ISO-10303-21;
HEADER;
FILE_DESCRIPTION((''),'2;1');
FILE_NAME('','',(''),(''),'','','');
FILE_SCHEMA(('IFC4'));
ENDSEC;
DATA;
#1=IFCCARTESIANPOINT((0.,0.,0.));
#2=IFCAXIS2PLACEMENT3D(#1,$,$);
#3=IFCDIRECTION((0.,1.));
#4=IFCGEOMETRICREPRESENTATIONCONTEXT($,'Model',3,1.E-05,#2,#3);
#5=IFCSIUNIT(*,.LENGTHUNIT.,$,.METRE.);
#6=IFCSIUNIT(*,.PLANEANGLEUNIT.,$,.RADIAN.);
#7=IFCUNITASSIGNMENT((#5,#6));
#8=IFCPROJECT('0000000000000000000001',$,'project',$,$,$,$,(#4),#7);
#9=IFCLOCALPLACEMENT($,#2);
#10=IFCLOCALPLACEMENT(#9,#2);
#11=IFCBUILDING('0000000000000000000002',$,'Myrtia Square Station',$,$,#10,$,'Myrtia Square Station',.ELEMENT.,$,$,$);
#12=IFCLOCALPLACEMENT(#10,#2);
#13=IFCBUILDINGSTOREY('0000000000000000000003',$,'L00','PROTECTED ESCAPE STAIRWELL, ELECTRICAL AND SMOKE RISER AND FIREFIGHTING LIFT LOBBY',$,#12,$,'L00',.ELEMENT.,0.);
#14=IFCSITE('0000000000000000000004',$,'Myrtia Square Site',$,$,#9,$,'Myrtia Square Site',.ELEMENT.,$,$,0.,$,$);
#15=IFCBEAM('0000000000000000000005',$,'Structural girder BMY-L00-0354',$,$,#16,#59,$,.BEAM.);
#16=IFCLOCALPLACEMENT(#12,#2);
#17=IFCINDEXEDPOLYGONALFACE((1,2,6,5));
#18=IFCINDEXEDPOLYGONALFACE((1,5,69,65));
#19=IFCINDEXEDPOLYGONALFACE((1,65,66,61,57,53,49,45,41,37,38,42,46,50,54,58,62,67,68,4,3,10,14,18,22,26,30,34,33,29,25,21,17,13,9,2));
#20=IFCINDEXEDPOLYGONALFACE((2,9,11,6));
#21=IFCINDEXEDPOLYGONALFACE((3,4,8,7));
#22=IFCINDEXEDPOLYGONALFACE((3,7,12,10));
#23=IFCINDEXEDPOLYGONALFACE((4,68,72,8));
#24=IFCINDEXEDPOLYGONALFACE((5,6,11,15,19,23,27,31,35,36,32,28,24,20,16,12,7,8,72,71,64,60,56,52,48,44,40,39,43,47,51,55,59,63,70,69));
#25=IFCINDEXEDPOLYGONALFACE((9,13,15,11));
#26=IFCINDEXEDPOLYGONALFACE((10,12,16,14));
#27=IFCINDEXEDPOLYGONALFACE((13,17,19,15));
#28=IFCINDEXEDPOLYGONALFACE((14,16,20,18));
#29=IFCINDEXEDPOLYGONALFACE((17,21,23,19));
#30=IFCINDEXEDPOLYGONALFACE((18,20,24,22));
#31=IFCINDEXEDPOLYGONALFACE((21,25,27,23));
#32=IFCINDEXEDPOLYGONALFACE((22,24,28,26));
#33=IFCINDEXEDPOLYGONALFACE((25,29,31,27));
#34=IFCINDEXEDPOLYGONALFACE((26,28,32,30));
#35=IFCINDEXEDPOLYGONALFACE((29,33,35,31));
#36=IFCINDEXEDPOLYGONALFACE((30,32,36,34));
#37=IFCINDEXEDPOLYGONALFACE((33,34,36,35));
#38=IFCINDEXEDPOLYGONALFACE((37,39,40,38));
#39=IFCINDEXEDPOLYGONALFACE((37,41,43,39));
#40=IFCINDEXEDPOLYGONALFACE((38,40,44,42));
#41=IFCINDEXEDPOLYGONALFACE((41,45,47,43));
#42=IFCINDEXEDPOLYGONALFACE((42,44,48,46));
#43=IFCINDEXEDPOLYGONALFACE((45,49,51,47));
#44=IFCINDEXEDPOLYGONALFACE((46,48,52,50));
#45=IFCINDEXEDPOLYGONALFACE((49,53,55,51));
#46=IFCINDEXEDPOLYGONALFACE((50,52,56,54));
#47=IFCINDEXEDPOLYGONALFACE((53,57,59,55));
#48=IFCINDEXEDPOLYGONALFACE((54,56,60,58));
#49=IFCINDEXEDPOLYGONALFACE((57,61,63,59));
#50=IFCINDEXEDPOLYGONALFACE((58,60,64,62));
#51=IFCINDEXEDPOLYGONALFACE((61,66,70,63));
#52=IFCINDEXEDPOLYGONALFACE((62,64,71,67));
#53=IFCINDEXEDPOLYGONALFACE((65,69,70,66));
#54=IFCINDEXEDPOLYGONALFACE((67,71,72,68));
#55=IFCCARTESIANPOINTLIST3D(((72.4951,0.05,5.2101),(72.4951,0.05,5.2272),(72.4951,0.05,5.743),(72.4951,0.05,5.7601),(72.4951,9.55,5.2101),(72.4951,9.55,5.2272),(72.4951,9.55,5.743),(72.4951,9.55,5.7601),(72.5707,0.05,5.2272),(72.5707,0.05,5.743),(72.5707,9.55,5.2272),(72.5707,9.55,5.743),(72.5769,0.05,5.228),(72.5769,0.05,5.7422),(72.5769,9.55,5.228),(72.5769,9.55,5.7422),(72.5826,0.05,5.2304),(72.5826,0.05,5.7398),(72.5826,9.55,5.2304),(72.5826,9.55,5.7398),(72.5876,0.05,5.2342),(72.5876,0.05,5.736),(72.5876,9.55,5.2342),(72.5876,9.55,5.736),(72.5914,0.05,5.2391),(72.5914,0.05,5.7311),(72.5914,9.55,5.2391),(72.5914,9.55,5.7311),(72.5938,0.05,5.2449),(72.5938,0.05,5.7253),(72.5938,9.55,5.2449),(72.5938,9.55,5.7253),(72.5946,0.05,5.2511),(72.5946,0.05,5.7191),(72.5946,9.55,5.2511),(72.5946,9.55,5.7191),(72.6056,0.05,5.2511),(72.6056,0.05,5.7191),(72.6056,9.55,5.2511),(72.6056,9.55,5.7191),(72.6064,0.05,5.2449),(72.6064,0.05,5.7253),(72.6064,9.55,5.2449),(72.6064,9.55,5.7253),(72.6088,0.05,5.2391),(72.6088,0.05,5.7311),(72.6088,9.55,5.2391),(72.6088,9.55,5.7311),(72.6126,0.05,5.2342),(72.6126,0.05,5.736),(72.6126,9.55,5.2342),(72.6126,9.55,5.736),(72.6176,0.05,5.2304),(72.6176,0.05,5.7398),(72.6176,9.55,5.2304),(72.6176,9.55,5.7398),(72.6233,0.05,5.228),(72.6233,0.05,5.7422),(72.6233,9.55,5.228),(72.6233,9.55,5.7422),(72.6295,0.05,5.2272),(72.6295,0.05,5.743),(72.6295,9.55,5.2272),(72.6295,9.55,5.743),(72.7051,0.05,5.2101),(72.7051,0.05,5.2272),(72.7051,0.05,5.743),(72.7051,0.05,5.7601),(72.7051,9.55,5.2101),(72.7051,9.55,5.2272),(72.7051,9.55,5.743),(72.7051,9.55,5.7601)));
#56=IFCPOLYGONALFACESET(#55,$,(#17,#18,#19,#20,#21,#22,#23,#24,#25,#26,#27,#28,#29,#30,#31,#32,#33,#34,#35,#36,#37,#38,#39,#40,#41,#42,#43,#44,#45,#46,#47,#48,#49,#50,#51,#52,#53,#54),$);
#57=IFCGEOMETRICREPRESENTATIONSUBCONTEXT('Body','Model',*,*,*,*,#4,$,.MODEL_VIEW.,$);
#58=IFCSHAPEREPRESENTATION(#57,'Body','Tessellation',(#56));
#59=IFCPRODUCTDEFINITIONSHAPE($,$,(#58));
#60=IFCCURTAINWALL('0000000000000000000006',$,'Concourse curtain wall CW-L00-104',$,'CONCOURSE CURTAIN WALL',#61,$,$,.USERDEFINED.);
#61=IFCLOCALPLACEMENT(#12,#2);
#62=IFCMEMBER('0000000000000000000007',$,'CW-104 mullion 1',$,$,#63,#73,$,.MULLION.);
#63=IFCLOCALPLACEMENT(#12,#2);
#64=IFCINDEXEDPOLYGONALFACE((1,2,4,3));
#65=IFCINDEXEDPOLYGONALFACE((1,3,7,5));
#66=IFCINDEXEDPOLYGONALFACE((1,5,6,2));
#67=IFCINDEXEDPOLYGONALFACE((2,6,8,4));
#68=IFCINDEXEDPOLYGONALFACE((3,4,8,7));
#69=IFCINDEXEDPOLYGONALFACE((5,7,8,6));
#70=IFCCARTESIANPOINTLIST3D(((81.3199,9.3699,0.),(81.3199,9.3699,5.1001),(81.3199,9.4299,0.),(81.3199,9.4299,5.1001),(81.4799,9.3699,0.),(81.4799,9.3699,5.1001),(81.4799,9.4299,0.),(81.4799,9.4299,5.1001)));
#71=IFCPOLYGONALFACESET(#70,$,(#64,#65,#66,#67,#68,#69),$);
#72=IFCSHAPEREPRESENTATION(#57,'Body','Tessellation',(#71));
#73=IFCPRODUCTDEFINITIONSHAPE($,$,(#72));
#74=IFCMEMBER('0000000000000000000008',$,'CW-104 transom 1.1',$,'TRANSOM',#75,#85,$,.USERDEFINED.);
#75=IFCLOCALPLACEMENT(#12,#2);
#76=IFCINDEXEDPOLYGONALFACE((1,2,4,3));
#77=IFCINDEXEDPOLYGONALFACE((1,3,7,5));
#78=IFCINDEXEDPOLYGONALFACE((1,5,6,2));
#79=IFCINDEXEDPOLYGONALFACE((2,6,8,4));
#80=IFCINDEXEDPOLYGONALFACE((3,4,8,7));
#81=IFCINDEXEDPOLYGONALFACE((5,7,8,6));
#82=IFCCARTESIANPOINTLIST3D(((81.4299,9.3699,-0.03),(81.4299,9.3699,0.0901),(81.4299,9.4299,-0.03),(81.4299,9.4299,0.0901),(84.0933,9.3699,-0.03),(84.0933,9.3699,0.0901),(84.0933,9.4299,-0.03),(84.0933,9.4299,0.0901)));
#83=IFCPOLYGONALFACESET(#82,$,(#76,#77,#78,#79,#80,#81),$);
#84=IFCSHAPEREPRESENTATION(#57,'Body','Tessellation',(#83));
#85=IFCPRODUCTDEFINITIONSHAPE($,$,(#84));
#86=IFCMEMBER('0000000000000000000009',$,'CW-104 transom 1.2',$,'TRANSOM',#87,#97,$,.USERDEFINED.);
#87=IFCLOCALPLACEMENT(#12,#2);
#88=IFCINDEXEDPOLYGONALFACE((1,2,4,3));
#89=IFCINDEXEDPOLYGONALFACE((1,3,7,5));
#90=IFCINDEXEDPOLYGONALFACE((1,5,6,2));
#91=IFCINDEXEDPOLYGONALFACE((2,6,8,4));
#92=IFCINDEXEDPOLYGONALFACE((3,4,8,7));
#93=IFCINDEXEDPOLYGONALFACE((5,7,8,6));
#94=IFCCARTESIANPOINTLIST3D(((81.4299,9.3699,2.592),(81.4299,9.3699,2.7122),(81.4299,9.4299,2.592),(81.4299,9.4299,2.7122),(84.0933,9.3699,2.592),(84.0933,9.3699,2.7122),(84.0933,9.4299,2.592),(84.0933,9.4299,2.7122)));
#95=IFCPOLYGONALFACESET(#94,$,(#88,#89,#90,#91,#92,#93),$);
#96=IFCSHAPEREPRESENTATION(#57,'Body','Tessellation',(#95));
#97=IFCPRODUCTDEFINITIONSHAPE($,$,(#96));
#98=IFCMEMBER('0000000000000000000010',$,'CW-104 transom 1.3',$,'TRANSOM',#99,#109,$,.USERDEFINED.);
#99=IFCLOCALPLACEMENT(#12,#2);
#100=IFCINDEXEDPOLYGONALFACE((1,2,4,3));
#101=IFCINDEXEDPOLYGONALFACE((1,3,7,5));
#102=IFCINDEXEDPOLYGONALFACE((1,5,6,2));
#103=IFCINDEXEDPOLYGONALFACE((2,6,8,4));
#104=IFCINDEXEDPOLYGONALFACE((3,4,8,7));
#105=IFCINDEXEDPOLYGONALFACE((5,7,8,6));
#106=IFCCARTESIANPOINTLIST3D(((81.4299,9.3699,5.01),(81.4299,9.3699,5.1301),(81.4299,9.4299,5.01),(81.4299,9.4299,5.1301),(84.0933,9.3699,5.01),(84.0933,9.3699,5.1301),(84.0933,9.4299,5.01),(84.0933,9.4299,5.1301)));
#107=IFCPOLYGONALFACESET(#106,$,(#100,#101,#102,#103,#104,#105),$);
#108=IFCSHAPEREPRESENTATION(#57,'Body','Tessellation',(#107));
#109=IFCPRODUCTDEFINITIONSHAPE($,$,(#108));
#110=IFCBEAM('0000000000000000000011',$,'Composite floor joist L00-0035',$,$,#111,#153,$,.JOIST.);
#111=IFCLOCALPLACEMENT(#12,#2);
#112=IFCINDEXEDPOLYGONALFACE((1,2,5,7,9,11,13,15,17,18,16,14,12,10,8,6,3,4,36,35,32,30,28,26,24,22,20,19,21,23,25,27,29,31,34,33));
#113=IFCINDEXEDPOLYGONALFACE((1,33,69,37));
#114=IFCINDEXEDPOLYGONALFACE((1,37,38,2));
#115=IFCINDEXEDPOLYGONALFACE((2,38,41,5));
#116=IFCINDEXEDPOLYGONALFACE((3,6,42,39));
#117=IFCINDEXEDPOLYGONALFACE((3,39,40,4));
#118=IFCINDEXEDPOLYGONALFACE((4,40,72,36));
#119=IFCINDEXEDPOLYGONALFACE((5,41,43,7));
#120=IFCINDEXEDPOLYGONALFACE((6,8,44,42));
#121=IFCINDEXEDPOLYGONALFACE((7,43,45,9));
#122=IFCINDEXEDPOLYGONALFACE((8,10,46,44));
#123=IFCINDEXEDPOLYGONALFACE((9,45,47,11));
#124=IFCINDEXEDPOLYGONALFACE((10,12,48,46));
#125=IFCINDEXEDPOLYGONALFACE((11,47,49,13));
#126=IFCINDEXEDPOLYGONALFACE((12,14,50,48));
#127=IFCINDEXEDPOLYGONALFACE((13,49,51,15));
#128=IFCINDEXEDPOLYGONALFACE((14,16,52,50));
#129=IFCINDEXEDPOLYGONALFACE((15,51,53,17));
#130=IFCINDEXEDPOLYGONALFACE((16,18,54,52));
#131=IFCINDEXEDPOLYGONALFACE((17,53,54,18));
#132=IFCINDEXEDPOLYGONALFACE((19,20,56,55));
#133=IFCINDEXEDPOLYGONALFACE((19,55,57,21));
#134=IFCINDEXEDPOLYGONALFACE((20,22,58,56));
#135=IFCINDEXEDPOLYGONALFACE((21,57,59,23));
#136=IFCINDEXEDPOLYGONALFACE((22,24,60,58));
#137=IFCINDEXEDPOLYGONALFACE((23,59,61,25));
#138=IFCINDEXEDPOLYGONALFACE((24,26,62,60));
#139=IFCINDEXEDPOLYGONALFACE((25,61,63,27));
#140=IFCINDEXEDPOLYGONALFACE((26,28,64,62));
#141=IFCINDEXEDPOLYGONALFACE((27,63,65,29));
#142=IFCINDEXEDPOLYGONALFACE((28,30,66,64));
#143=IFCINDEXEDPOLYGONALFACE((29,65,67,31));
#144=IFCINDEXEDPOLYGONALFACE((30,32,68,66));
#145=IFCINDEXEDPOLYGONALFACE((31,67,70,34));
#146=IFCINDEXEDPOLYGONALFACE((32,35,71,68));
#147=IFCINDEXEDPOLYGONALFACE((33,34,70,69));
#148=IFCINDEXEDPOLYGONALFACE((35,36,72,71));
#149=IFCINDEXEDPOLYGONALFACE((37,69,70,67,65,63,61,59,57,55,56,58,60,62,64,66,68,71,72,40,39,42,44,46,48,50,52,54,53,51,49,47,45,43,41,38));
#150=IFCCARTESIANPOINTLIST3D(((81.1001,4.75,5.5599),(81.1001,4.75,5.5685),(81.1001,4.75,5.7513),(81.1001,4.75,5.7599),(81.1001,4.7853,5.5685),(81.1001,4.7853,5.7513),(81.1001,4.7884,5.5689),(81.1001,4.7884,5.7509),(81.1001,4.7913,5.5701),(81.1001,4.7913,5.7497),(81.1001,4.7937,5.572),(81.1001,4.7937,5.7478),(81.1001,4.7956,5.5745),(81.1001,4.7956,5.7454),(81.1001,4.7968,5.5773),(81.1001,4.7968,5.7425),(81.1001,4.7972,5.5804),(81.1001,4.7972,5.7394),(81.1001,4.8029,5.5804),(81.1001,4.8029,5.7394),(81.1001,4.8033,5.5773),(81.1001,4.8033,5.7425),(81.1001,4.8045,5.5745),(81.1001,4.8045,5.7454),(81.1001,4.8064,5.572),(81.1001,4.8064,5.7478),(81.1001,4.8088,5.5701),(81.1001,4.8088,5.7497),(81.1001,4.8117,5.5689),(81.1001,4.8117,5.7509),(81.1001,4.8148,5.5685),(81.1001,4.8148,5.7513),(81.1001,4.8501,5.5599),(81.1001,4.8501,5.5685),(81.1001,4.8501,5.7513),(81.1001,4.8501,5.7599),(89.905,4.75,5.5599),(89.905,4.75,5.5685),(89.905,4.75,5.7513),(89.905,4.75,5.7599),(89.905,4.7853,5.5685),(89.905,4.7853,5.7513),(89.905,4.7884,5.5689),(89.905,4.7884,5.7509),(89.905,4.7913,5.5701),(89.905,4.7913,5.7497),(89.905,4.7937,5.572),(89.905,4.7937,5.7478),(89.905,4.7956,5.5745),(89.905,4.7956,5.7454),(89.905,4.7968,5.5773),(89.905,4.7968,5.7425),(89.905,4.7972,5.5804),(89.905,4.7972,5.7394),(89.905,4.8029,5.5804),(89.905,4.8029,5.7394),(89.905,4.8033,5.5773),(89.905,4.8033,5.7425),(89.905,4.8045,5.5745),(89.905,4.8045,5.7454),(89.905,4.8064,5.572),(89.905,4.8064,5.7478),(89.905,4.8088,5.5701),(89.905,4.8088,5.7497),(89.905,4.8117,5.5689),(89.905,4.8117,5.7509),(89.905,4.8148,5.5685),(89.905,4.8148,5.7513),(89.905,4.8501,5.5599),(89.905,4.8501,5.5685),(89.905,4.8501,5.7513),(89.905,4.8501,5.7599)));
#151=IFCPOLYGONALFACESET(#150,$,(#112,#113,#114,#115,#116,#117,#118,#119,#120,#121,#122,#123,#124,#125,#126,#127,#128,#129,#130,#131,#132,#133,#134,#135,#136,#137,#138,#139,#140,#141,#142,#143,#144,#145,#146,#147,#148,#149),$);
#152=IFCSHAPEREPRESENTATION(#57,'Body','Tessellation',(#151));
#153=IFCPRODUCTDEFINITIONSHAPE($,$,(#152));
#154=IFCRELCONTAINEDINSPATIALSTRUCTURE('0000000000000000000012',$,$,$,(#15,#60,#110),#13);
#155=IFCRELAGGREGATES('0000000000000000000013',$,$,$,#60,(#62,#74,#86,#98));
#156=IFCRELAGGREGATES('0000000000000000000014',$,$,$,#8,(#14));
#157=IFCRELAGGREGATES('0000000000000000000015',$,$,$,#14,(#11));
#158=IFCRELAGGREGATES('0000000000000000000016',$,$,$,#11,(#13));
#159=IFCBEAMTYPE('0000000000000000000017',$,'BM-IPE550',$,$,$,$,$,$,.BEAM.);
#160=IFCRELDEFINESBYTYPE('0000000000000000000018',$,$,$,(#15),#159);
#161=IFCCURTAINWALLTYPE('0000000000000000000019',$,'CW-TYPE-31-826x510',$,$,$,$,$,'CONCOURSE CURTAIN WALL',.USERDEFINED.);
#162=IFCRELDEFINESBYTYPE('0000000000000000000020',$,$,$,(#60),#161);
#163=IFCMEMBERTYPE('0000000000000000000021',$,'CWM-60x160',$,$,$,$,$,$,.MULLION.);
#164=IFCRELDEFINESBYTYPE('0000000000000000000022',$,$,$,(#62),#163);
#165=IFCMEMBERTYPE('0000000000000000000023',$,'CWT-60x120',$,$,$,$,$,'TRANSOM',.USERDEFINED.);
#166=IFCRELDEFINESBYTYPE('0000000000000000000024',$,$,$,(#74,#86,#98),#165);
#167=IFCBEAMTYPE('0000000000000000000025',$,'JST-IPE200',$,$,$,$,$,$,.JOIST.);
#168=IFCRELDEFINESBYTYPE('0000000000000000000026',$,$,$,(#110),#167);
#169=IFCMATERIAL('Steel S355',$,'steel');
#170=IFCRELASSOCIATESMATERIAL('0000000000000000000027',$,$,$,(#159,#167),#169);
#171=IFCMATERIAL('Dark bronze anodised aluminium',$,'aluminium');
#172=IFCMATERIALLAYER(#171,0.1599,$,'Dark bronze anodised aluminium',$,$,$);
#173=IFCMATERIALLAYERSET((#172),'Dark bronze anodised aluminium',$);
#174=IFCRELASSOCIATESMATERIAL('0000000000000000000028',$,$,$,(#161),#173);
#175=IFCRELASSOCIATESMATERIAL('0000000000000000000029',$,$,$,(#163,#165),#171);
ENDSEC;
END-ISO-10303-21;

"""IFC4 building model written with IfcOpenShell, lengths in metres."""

from ifc_helpers import new_model, si_unit, direction, frame, origin, origin_2d, place, context, subcontext, project, spatial, rectangle, i_section, extrude, material, layer, layer_set, material_profile, profile_set, type_object, element, aggregate, save


model = new_model("IFC4")

# Units and contexts
model_context = context("Model", 3, precision=1e-05, world=origin(), true_north=direction((0.0, 1.0)))
body_context = subcontext(model_context, "Body", "Model", "MODEL_VIEW")
ifc_project = project(units=[si_unit("LENGTHUNIT", "METRE"), si_unit("PLANEANGLEUNIT", "RADIAN")], contexts=[model_context])

# Site, building, storey
site_placement = place(None, origin())
site = spatial("IfcSite", under=ifc_project, at=site_placement, Name="Myrtia Square Site", LongName="Myrtia Square Site", CompositionType="ELEMENT", RefElevation=0.0)
building_placement = place(site_placement, origin())
building = spatial("IfcBuilding", under=site, at=building_placement, Name="Myrtia Square Station", LongName="Myrtia Square Station", CompositionType="ELEMENT")
storey_placement = place(building_placement, origin())
storey = spatial("IfcBuildingStorey", under=building, at=storey_placement, Name="L00", Description="PROTECTED ESCAPE STAIRWELL, ELECTRICAL AND SMOKE RISER AND FIREFIGHTING LIFT LOBBY", LongName="L00", CompositionType="ELEMENT", Elevation=0.0)

# Shared definitions
ifc_material_1 = material(Name="Steel S355", Category="steel")

# Beam
ifc_material_profile_1 = material_profile(ifc_material_1, i_section(OverallWidth=0.21, OverallDepth=0.55, WebThickness=0.011, FlangeThickness=0.0171, FilletRadius=0.0239, at=origin_2d()), Name="IPE 550")
ifc_profile_set_1 = profile_set([ifc_material_profile_1], Name="Steel S355")
beam_type_1 = type_object("IfcBeamType", Name="BM-IPE550", PredefinedType="BEAM", material=ifc_profile_set_1)
beam_1_placement = place(storey_placement, frame((72.6001, 0.05, 5.4851), z_axis=(0.0, 1.0, 0.0), x_axis=(-1.0, 0.0, 0.0)))
element("IfcBeam", 1, at=beam_1_placement, inside=storey, type_object=beam_type_1, Name="Structural girder BMY-L00-0354", PredefinedType="BEAM", context=body_context, shape_type="SweptSolid", body=[
    extrude(i_section(OverallWidth=0.21, OverallDepth=0.55, WebThickness=0.011, FlangeThickness=0.0171, FilletRadius=0.0239, at=origin_2d()), origin(), (0.0, 0.0, 1.0), 9.5),
])

# Curtain wall, members
ifc_material_2 = material(Name="Dark bronze anodised aluminium", Category="aluminium")
ifc_layer_1 = layer(ifc_material_2, 0.1599, Name="Dark bronze anodised aluminium")
ifc_layer_set_1 = layer_set([ifc_layer_1], Name="Dark bronze anodised aluminium")
curtain_wall_type = type_object("IfcCurtainWallType", Name="CW-TYPE-31-826x510", ElementType="CONCOURSE CURTAIN WALL", PredefinedType="USERDEFINED", material=ifc_layer_set_1)
curtain_wall_placement = place(storey_placement, origin())
curtain_wall = element("IfcCurtainWall", 2, at=curtain_wall_placement, inside=storey, type_object=curtain_wall_type, Name="Concourse curtain wall CW-L00-104", ObjectType="CONCOURSE CURTAIN WALL", PredefinedType="USERDEFINED")
ifc_material_profile_2 = material_profile(ifc_material_2, rectangle(XDim=0.0601, YDim=0.1599, at=origin_2d()), Name="ALU-M 60x160")
ifc_profile_set_2 = profile_set([ifc_material_profile_2], Name="Dark bronze anodised aluminium")
member_type_1 = type_object("IfcMemberType", Name="CWM-60x160", PredefinedType="MULLION", material=ifc_profile_set_2)
member_1_placement = place(storey_placement, frame((81.3999, 9.3999, 0.0), z_axis=(0.0, 0.0, 1.0), x_axis=(0.0, 1.0, 0.0)))
member_1 = element("IfcMember", 3, at=member_1_placement, type_object=member_type_1, Name="CW-104 mullion 1", PredefinedType="MULLION", context=body_context, shape_type="SweptSolid", body=[
    extrude(rectangle(XDim=0.0601, YDim=0.1599, at=origin_2d()), origin(), (0.0, 0.0, 1.0), 5.1001),
])
ifc_material_profile_3 = material_profile(ifc_material_2, rectangle(XDim=0.0601, YDim=0.1201, at=origin_2d()), Name="ALU-T 60x120")
ifc_profile_set_3 = profile_set([ifc_material_profile_3], Name="Dark bronze anodised aluminium")
member_type_2 = type_object("IfcMemberType", Name="CWT-60x120", ElementType="TRANSOM", PredefinedType="USERDEFINED", material=ifc_profile_set_3)
member_2_placement = place(storey_placement, frame((81.4299, 9.3999, 0.03), z_axis=(1.0, 0.0, 0.0), x_axis=(0.0, 1.0, 0.0)))
member_2 = element("IfcMember", 4, at=member_2_placement, type_object=member_type_2, Name="CW-104 transom 1.1", ObjectType="TRANSOM", PredefinedType="USERDEFINED", context=body_context, shape_type="SweptSolid", body=[
    extrude(rectangle(XDim=0.0601, YDim=0.1201, at=origin_2d()), origin(), (0.0, 0.0, 1.0), 2.6633),
])
member_3_placement = place(storey_placement, frame((81.4299, 9.3999, 2.6521), z_axis=(1.0, 0.0, 0.0), x_axis=(0.0, 1.0, 0.0)))
member_3 = element("IfcMember", 5, at=member_3_placement, type_object=member_type_2, Name="CW-104 transom 1.2", ObjectType="TRANSOM", PredefinedType="USERDEFINED", context=body_context, shape_type="SweptSolid", body=[
    extrude(rectangle(XDim=0.0601, YDim=0.1201, at=origin_2d()), origin(), (0.0, 0.0, 1.0), 2.6633),
])
member_4_placement = place(storey_placement, frame((81.4299, 9.3999, 5.0701), z_axis=(1.0, 0.0, 0.0), x_axis=(0.0, 1.0, 0.0)))
member_4 = element("IfcMember", 6, at=member_4_placement, type_object=member_type_2, Name="CW-104 transom 1.3", ObjectType="TRANSOM", PredefinedType="USERDEFINED", context=body_context, shape_type="SweptSolid", body=[
    extrude(rectangle(XDim=0.0601, YDim=0.1201, at=origin_2d()), origin(), (0.0, 0.0, 1.0), 2.6633),
])

# Beam
ifc_material_profile_4 = material_profile(ifc_material_1, i_section(OverallWidth=0.1001, OverallDepth=0.2, WebThickness=0.0056, FlangeThickness=0.0085, FilletRadius=0.012, at=origin_2d()), Name="IPE 200")
ifc_profile_set_4 = profile_set([ifc_material_profile_4], Name="Steel S355")
beam_type_2 = type_object("IfcBeamType", Name="JST-IPE200", PredefinedType="JOIST", material=ifc_profile_set_4)
beam_2_placement = place(storey_placement, frame((81.1001, 4.8, 5.6599), z_axis=(1.0, 0.0, 0.0), x_axis=(0.0, 1.0, 0.0)))
element("IfcBeam", 7, at=beam_2_placement, inside=storey, type_object=beam_type_2, Name="Composite floor joist L00-0035", PredefinedType="JOIST", context=body_context, shape_type="SweptSolid", body=[
    extrude(i_section(OverallWidth=0.1001, OverallDepth=0.2, WebThickness=0.0056, FlangeThickness=0.0085, FilletRadius=0.012, at=origin_2d()), origin(), (0.0, 0.0, 1.0), 8.8049),
])

aggregate(curtain_wall, [member_1, member_2, member_3, member_4])

save(model, "model.ifc")
